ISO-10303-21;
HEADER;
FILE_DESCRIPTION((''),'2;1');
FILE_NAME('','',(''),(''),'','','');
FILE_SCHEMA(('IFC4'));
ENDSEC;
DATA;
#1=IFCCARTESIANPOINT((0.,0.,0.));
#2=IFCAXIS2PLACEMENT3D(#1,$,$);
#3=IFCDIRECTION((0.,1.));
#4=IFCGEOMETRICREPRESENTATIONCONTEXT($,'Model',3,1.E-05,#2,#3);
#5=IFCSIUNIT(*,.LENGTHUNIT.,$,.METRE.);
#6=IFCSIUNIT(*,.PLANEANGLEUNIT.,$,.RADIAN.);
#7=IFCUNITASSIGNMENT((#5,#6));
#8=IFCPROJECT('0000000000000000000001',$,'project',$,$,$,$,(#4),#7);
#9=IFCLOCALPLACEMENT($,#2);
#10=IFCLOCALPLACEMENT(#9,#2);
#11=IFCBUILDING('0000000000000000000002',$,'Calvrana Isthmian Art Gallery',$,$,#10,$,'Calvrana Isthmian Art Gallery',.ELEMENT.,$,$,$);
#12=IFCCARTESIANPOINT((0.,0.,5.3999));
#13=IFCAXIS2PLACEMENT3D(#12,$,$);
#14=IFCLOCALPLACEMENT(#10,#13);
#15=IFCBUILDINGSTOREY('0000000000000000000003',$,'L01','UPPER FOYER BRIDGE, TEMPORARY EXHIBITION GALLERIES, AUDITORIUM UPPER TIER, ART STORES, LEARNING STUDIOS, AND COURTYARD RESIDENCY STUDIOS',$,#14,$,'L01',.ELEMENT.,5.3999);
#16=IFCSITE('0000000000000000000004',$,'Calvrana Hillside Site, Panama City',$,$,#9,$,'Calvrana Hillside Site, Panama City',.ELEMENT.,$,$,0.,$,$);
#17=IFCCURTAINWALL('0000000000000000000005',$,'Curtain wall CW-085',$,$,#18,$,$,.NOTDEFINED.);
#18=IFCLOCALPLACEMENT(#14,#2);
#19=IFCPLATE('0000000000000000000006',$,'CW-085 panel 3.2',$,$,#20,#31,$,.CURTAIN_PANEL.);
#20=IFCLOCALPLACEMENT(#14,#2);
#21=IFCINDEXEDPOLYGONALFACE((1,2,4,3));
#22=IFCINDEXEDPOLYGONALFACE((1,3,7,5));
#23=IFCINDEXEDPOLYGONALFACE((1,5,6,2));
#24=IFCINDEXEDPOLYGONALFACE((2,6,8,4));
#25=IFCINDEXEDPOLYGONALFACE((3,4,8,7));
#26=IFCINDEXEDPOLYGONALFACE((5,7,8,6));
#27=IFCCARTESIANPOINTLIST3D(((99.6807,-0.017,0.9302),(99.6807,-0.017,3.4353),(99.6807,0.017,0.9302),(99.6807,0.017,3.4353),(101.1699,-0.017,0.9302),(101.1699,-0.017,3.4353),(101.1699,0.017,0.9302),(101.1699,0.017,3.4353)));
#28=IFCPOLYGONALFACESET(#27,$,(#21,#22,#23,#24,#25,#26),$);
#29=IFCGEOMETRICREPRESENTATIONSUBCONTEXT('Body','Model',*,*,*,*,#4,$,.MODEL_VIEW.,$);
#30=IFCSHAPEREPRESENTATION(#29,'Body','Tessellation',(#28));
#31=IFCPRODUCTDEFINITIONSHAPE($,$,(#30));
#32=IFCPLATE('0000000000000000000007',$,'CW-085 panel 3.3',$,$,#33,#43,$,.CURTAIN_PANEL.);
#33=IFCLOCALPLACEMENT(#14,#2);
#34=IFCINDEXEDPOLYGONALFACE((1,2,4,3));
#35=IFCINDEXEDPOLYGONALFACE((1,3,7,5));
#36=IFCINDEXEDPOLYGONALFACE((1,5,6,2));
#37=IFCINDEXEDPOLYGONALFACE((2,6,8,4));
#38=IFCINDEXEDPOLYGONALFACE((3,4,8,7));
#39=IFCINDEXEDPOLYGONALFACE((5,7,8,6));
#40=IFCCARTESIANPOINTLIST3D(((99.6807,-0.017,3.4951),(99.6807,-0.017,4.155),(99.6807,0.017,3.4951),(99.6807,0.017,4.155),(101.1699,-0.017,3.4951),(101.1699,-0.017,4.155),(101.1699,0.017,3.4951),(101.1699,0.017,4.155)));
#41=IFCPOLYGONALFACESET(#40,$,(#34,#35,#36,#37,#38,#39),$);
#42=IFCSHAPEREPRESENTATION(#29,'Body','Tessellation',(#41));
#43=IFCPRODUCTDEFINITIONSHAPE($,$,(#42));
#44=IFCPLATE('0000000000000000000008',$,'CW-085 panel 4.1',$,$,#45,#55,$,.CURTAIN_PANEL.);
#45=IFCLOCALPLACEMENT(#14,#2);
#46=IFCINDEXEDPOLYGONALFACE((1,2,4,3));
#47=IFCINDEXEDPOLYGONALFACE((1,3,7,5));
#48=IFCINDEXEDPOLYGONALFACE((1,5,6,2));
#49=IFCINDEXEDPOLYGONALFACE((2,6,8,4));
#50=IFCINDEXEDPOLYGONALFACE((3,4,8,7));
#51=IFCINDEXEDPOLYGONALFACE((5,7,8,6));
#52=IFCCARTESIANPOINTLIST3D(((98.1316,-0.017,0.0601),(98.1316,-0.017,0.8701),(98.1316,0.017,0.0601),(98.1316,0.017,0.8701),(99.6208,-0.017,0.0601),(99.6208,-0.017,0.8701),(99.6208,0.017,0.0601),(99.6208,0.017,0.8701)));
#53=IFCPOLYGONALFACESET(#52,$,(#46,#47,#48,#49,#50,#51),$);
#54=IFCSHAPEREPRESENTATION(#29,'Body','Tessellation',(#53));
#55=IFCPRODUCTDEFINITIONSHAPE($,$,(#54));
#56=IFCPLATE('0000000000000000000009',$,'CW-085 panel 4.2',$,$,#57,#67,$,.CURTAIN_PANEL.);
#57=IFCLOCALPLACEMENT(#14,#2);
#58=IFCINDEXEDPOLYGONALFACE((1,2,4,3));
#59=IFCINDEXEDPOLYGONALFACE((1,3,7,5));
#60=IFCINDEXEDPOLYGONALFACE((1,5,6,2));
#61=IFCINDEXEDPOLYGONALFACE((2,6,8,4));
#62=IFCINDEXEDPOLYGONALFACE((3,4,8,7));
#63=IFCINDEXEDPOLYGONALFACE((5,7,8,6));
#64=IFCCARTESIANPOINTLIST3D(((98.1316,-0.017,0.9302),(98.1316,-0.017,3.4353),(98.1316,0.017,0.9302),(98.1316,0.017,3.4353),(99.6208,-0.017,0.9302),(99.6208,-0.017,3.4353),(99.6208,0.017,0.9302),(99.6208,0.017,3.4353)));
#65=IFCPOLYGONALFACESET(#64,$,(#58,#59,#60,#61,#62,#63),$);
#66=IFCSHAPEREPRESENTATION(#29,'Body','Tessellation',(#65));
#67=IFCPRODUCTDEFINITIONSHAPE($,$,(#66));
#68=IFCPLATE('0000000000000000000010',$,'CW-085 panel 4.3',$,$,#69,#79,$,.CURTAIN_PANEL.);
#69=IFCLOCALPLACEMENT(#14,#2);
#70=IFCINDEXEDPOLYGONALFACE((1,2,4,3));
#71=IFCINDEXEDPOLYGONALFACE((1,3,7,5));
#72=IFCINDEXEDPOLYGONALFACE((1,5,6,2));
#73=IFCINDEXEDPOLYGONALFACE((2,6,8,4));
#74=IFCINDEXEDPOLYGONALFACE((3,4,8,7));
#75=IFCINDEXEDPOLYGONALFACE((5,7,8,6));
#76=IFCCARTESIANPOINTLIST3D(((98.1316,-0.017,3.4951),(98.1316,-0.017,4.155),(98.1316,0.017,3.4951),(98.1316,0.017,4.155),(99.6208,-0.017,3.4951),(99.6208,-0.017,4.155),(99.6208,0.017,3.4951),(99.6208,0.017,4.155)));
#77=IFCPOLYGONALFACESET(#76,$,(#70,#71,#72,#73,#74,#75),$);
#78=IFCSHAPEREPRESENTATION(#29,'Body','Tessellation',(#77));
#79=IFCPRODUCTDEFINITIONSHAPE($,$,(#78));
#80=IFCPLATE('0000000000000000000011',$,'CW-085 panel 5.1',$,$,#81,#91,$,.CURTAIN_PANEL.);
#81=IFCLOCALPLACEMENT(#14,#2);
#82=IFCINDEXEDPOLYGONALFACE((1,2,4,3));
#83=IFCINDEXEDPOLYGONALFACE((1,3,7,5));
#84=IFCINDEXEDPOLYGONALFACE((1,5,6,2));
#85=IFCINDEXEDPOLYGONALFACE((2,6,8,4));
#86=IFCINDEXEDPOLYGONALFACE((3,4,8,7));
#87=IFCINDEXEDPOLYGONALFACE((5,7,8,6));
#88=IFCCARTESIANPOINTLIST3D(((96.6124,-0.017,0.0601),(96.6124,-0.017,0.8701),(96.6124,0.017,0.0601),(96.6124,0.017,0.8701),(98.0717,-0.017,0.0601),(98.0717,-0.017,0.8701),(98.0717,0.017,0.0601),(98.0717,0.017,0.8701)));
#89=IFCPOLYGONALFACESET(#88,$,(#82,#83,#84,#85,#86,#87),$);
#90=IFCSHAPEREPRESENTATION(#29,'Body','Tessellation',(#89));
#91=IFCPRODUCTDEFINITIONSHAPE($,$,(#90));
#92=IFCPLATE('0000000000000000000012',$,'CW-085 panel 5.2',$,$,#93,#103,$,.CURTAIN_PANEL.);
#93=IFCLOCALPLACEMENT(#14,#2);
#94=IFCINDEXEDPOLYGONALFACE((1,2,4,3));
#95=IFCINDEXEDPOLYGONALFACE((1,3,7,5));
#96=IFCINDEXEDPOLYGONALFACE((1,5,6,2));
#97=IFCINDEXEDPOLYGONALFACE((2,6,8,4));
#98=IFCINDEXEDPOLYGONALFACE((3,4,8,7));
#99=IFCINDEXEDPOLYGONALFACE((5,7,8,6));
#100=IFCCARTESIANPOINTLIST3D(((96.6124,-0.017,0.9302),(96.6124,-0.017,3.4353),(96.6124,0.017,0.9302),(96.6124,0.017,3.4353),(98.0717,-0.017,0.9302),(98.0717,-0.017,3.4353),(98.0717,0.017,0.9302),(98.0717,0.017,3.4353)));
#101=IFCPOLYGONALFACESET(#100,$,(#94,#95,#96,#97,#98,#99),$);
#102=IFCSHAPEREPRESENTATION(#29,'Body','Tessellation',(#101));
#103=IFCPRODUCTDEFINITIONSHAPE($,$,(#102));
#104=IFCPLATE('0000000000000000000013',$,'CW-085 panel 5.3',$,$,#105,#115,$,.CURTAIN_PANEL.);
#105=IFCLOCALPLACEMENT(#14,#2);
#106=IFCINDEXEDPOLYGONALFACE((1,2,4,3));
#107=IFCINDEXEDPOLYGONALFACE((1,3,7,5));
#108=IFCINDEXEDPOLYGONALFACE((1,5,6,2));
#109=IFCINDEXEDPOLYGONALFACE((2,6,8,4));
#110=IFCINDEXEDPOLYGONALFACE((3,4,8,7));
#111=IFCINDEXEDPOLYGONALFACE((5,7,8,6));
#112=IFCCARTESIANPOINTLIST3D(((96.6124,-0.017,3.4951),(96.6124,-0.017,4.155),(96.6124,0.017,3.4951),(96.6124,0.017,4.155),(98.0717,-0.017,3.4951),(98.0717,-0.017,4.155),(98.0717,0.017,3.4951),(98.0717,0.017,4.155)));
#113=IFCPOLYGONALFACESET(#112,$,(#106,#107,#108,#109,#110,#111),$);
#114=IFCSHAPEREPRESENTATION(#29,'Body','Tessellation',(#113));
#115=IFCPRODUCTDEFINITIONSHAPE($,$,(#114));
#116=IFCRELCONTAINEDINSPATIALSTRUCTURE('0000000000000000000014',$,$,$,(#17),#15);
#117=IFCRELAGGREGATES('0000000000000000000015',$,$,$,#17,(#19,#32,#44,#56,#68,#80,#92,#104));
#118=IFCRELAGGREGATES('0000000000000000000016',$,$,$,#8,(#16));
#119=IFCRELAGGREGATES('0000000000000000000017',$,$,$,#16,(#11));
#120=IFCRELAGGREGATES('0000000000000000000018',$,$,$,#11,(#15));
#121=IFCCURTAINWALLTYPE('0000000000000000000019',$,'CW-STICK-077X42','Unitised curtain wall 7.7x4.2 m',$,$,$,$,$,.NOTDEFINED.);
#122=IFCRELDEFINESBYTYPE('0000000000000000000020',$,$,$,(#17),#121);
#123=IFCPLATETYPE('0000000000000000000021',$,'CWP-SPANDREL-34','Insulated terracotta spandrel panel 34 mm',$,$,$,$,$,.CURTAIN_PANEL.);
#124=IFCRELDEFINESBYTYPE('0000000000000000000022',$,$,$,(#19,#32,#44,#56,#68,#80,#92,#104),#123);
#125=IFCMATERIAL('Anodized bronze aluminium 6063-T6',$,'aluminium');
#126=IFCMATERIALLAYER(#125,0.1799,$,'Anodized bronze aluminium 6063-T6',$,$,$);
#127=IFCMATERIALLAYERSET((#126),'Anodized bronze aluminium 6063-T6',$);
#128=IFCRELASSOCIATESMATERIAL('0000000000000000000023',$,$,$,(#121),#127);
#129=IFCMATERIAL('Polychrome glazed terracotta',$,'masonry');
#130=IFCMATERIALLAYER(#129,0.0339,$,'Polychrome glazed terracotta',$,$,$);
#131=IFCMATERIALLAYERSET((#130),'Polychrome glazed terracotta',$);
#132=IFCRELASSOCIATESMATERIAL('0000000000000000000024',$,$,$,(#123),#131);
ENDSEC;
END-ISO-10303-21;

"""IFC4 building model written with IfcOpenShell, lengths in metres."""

from ifc_helpers import new_model, si_unit, direction, frame, origin, origin_2d, place, context, subcontext, project, spatial, rectangle, extrude, material, layer, layer_set, type_object, element, aggregate, save


model = new_model("IFC4")

# Units and contexts
model_context = context("Model", 3, precision=1e-05, world=origin(), true_north=direction((0.0, 1.0)))
body_context = subcontext(model_context, "Body", "Model", "MODEL_VIEW")
ifc_project = project(units=[si_unit("LENGTHUNIT", "METRE"), si_unit("PLANEANGLEUNIT", "RADIAN")], contexts=[model_context])

# Site, building, storey
site_placement = place(None, origin())
site = spatial("IfcSite", under=ifc_project, at=site_placement, Name="Calvrana Hillside Site, Panama City", LongName="Calvrana Hillside Site, Panama City", CompositionType="ELEMENT", RefElevation=0.0)
building_placement = place(site_placement, origin())
building = spatial("IfcBuilding", under=site, at=building_placement, Name="Calvrana Isthmian Art Gallery", LongName="Calvrana Isthmian Art Gallery", CompositionType="ELEMENT")
storey_placement = place(building_placement, frame((0.0, 0.0, 5.3999)))
storey = spatial("IfcBuildingStorey", under=building, at=storey_placement, Name="L01", Description="UPPER FOYER BRIDGE, TEMPORARY EXHIBITION GALLERIES, AUDITORIUM UPPER TIER, ART STORES, LEARNING STUDIOS, AND COURTYARD RESIDENCY STUDIOS", LongName="L01", CompositionType="ELEMENT", Elevation=5.3999)

# Curtain wall, plates
ifc_material_1 = material(Name="Anodized bronze aluminium 6063-T6", Category="aluminium")
ifc_layer_1 = layer(ifc_material_1, 0.1799, Name="Anodized bronze aluminium 6063-T6")
ifc_layer_set_1 = layer_set([ifc_layer_1], Name="Anodized bronze aluminium 6063-T6")
curtain_wall_type = type_object("IfcCurtainWallType", Name="CW-STICK-077X42", Description="Unitised curtain wall 7.7x4.2 m", PredefinedType="NOTDEFINED", material=ifc_layer_set_1)
curtain_wall_placement = place(storey_placement, origin())
curtain_wall = element("IfcCurtainWall", 1, at=curtain_wall_placement, inside=storey, type_object=curtain_wall_type, Name="Curtain wall CW-085", PredefinedType="NOTDEFINED")
ifc_material_2 = material(Name="Polychrome glazed terracotta", Category="masonry")
ifc_layer_2 = layer(ifc_material_2, 0.0339, Name="Polychrome glazed terracotta")
ifc_layer_set_2 = layer_set([ifc_layer_2], Name="Polychrome glazed terracotta")
plate_type = type_object("IfcPlateType", Name="CWP-SPANDREL-34", Description="Insulated terracotta spandrel panel 34 mm", PredefinedType="CURTAIN_PANEL", material=ifc_layer_set_2)
plate_1_placement = place(storey_placement, frame((100.4253, 0.0, 0.9302), z_axis=(0.0, 0.0, 1.0), x_axis=(-1.0, 0.0, 0.0)))
plate_1 = element("IfcPlate", 2, at=plate_1_placement, type_object=plate_type, Name="CW-085 panel 3.2", PredefinedType="CURTAIN_PANEL", context=body_context, shape_type="SweptSolid", body=[
    extrude(rectangle(XDim=1.4893, YDim=0.0339, at=origin_2d()), origin(), (0.0, 0.0, 1.0), 2.5051),
])
plate_2_placement = place(storey_placement, frame((100.4253, 0.0, 3.4951), z_axis=(0.0, 0.0, 1.0), x_axis=(-1.0, 0.0, 0.0)))
plate_2 = element("IfcPlate", 3, at=plate_2_placement, type_object=plate_type, Name="CW-085 panel 3.3", PredefinedType="CURTAIN_PANEL", context=body_context, shape_type="SweptSolid", body=[
    extrude(rectangle(XDim=1.4893, YDim=0.0339, at=origin_2d()), origin(), (0.0, 0.0, 1.0), 0.6599),
])
plate_3_placement = place(storey_placement, frame((98.8762, 0.0, 0.0601), z_axis=(0.0, 0.0, 1.0), x_axis=(-1.0, 0.0, 0.0)))
plate_3 = element("IfcPlate", 4, at=plate_3_placement, type_object=plate_type, Name="CW-085 panel 4.1", PredefinedType="CURTAIN_PANEL", context=body_context, shape_type="SweptSolid", body=[
    extrude(rectangle(XDim=1.4893, YDim=0.0339, at=origin_2d()), origin(), (0.0, 0.0, 1.0), 0.8101),
])
plate_4_placement = place(storey_placement, frame((98.8762, 0.0, 0.9302), z_axis=(0.0, 0.0, 1.0), x_axis=(-1.0, 0.0, 0.0)))
plate_4 = element("IfcPlate", 5, at=plate_4_placement, type_object=plate_type, Name="CW-085 panel 4.2", PredefinedType="CURTAIN_PANEL", context=body_context, shape_type="SweptSolid", body=[
    extrude(rectangle(XDim=1.4893, YDim=0.0339, at=origin_2d()), origin(), (0.0, 0.0, 1.0), 2.5051),
])
plate_5_placement = place(storey_placement, frame((98.8762, 0.0, 3.4951), z_axis=(0.0, 0.0, 1.0), x_axis=(-1.0, 0.0, 0.0)))
plate_5 = element("IfcPlate", 6, at=plate_5_placement, type_object=plate_type, Name="CW-085 panel 4.3", PredefinedType="CURTAIN_PANEL", context=body_context, shape_type="SweptSolid", body=[
    extrude(rectangle(XDim=1.4893, YDim=0.0339, at=origin_2d()), origin(), (0.0, 0.0, 1.0), 0.6599),
])
plate_6_placement = place(storey_placement, frame((97.342, 0.0, 0.0601), z_axis=(0.0, 0.0, 1.0), x_axis=(-1.0, 0.0, 0.0)))
plate_6 = element("IfcPlate", 7, at=plate_6_placement, type_object=plate_type, Name="CW-085 panel 5.1", PredefinedType="CURTAIN_PANEL", context=body_context, shape_type="SweptSolid", body=[
    extrude(rectangle(XDim=1.4592, YDim=0.0339, at=origin_2d()), origin(), (0.0, 0.0, 1.0), 0.8101),
])
plate_7_placement = place(storey_placement, frame((97.342, 0.0, 0.9302), z_axis=(0.0, 0.0, 1.0), x_axis=(-1.0, 0.0, 0.0)))
plate_7 = element("IfcPlate", 8, at=plate_7_placement, type_object=plate_type, Name="CW-085 panel 5.2", PredefinedType="CURTAIN_PANEL", context=body_context, shape_type="SweptSolid", body=[
    extrude(rectangle(XDim=1.4592, YDim=0.0339, at=origin_2d()), origin(), (0.0, 0.0, 1.0), 2.5051),
])
plate_8_placement = place(storey_placement, frame((97.342, 0.0, 3.4951), z_axis=(0.0, 0.0, 1.0), x_axis=(-1.0, 0.0, 0.0)))
plate_8 = element("IfcPlate", 9, at=plate_8_placement, type_object=plate_type, Name="CW-085 panel 5.3", PredefinedType="CURTAIN_PANEL", context=body_context, shape_type="SweptSolid", body=[
    extrude(rectangle(XDim=1.4592, YDim=0.0339, at=origin_2d()), origin(), (0.0, 0.0, 1.0), 0.6599),
])
aggregate(curtain_wall, [plate_1, plate_2, plate_3, plate_4, plate_5, plate_6, plate_7, plate_8])

save(model, "model.ifc")
